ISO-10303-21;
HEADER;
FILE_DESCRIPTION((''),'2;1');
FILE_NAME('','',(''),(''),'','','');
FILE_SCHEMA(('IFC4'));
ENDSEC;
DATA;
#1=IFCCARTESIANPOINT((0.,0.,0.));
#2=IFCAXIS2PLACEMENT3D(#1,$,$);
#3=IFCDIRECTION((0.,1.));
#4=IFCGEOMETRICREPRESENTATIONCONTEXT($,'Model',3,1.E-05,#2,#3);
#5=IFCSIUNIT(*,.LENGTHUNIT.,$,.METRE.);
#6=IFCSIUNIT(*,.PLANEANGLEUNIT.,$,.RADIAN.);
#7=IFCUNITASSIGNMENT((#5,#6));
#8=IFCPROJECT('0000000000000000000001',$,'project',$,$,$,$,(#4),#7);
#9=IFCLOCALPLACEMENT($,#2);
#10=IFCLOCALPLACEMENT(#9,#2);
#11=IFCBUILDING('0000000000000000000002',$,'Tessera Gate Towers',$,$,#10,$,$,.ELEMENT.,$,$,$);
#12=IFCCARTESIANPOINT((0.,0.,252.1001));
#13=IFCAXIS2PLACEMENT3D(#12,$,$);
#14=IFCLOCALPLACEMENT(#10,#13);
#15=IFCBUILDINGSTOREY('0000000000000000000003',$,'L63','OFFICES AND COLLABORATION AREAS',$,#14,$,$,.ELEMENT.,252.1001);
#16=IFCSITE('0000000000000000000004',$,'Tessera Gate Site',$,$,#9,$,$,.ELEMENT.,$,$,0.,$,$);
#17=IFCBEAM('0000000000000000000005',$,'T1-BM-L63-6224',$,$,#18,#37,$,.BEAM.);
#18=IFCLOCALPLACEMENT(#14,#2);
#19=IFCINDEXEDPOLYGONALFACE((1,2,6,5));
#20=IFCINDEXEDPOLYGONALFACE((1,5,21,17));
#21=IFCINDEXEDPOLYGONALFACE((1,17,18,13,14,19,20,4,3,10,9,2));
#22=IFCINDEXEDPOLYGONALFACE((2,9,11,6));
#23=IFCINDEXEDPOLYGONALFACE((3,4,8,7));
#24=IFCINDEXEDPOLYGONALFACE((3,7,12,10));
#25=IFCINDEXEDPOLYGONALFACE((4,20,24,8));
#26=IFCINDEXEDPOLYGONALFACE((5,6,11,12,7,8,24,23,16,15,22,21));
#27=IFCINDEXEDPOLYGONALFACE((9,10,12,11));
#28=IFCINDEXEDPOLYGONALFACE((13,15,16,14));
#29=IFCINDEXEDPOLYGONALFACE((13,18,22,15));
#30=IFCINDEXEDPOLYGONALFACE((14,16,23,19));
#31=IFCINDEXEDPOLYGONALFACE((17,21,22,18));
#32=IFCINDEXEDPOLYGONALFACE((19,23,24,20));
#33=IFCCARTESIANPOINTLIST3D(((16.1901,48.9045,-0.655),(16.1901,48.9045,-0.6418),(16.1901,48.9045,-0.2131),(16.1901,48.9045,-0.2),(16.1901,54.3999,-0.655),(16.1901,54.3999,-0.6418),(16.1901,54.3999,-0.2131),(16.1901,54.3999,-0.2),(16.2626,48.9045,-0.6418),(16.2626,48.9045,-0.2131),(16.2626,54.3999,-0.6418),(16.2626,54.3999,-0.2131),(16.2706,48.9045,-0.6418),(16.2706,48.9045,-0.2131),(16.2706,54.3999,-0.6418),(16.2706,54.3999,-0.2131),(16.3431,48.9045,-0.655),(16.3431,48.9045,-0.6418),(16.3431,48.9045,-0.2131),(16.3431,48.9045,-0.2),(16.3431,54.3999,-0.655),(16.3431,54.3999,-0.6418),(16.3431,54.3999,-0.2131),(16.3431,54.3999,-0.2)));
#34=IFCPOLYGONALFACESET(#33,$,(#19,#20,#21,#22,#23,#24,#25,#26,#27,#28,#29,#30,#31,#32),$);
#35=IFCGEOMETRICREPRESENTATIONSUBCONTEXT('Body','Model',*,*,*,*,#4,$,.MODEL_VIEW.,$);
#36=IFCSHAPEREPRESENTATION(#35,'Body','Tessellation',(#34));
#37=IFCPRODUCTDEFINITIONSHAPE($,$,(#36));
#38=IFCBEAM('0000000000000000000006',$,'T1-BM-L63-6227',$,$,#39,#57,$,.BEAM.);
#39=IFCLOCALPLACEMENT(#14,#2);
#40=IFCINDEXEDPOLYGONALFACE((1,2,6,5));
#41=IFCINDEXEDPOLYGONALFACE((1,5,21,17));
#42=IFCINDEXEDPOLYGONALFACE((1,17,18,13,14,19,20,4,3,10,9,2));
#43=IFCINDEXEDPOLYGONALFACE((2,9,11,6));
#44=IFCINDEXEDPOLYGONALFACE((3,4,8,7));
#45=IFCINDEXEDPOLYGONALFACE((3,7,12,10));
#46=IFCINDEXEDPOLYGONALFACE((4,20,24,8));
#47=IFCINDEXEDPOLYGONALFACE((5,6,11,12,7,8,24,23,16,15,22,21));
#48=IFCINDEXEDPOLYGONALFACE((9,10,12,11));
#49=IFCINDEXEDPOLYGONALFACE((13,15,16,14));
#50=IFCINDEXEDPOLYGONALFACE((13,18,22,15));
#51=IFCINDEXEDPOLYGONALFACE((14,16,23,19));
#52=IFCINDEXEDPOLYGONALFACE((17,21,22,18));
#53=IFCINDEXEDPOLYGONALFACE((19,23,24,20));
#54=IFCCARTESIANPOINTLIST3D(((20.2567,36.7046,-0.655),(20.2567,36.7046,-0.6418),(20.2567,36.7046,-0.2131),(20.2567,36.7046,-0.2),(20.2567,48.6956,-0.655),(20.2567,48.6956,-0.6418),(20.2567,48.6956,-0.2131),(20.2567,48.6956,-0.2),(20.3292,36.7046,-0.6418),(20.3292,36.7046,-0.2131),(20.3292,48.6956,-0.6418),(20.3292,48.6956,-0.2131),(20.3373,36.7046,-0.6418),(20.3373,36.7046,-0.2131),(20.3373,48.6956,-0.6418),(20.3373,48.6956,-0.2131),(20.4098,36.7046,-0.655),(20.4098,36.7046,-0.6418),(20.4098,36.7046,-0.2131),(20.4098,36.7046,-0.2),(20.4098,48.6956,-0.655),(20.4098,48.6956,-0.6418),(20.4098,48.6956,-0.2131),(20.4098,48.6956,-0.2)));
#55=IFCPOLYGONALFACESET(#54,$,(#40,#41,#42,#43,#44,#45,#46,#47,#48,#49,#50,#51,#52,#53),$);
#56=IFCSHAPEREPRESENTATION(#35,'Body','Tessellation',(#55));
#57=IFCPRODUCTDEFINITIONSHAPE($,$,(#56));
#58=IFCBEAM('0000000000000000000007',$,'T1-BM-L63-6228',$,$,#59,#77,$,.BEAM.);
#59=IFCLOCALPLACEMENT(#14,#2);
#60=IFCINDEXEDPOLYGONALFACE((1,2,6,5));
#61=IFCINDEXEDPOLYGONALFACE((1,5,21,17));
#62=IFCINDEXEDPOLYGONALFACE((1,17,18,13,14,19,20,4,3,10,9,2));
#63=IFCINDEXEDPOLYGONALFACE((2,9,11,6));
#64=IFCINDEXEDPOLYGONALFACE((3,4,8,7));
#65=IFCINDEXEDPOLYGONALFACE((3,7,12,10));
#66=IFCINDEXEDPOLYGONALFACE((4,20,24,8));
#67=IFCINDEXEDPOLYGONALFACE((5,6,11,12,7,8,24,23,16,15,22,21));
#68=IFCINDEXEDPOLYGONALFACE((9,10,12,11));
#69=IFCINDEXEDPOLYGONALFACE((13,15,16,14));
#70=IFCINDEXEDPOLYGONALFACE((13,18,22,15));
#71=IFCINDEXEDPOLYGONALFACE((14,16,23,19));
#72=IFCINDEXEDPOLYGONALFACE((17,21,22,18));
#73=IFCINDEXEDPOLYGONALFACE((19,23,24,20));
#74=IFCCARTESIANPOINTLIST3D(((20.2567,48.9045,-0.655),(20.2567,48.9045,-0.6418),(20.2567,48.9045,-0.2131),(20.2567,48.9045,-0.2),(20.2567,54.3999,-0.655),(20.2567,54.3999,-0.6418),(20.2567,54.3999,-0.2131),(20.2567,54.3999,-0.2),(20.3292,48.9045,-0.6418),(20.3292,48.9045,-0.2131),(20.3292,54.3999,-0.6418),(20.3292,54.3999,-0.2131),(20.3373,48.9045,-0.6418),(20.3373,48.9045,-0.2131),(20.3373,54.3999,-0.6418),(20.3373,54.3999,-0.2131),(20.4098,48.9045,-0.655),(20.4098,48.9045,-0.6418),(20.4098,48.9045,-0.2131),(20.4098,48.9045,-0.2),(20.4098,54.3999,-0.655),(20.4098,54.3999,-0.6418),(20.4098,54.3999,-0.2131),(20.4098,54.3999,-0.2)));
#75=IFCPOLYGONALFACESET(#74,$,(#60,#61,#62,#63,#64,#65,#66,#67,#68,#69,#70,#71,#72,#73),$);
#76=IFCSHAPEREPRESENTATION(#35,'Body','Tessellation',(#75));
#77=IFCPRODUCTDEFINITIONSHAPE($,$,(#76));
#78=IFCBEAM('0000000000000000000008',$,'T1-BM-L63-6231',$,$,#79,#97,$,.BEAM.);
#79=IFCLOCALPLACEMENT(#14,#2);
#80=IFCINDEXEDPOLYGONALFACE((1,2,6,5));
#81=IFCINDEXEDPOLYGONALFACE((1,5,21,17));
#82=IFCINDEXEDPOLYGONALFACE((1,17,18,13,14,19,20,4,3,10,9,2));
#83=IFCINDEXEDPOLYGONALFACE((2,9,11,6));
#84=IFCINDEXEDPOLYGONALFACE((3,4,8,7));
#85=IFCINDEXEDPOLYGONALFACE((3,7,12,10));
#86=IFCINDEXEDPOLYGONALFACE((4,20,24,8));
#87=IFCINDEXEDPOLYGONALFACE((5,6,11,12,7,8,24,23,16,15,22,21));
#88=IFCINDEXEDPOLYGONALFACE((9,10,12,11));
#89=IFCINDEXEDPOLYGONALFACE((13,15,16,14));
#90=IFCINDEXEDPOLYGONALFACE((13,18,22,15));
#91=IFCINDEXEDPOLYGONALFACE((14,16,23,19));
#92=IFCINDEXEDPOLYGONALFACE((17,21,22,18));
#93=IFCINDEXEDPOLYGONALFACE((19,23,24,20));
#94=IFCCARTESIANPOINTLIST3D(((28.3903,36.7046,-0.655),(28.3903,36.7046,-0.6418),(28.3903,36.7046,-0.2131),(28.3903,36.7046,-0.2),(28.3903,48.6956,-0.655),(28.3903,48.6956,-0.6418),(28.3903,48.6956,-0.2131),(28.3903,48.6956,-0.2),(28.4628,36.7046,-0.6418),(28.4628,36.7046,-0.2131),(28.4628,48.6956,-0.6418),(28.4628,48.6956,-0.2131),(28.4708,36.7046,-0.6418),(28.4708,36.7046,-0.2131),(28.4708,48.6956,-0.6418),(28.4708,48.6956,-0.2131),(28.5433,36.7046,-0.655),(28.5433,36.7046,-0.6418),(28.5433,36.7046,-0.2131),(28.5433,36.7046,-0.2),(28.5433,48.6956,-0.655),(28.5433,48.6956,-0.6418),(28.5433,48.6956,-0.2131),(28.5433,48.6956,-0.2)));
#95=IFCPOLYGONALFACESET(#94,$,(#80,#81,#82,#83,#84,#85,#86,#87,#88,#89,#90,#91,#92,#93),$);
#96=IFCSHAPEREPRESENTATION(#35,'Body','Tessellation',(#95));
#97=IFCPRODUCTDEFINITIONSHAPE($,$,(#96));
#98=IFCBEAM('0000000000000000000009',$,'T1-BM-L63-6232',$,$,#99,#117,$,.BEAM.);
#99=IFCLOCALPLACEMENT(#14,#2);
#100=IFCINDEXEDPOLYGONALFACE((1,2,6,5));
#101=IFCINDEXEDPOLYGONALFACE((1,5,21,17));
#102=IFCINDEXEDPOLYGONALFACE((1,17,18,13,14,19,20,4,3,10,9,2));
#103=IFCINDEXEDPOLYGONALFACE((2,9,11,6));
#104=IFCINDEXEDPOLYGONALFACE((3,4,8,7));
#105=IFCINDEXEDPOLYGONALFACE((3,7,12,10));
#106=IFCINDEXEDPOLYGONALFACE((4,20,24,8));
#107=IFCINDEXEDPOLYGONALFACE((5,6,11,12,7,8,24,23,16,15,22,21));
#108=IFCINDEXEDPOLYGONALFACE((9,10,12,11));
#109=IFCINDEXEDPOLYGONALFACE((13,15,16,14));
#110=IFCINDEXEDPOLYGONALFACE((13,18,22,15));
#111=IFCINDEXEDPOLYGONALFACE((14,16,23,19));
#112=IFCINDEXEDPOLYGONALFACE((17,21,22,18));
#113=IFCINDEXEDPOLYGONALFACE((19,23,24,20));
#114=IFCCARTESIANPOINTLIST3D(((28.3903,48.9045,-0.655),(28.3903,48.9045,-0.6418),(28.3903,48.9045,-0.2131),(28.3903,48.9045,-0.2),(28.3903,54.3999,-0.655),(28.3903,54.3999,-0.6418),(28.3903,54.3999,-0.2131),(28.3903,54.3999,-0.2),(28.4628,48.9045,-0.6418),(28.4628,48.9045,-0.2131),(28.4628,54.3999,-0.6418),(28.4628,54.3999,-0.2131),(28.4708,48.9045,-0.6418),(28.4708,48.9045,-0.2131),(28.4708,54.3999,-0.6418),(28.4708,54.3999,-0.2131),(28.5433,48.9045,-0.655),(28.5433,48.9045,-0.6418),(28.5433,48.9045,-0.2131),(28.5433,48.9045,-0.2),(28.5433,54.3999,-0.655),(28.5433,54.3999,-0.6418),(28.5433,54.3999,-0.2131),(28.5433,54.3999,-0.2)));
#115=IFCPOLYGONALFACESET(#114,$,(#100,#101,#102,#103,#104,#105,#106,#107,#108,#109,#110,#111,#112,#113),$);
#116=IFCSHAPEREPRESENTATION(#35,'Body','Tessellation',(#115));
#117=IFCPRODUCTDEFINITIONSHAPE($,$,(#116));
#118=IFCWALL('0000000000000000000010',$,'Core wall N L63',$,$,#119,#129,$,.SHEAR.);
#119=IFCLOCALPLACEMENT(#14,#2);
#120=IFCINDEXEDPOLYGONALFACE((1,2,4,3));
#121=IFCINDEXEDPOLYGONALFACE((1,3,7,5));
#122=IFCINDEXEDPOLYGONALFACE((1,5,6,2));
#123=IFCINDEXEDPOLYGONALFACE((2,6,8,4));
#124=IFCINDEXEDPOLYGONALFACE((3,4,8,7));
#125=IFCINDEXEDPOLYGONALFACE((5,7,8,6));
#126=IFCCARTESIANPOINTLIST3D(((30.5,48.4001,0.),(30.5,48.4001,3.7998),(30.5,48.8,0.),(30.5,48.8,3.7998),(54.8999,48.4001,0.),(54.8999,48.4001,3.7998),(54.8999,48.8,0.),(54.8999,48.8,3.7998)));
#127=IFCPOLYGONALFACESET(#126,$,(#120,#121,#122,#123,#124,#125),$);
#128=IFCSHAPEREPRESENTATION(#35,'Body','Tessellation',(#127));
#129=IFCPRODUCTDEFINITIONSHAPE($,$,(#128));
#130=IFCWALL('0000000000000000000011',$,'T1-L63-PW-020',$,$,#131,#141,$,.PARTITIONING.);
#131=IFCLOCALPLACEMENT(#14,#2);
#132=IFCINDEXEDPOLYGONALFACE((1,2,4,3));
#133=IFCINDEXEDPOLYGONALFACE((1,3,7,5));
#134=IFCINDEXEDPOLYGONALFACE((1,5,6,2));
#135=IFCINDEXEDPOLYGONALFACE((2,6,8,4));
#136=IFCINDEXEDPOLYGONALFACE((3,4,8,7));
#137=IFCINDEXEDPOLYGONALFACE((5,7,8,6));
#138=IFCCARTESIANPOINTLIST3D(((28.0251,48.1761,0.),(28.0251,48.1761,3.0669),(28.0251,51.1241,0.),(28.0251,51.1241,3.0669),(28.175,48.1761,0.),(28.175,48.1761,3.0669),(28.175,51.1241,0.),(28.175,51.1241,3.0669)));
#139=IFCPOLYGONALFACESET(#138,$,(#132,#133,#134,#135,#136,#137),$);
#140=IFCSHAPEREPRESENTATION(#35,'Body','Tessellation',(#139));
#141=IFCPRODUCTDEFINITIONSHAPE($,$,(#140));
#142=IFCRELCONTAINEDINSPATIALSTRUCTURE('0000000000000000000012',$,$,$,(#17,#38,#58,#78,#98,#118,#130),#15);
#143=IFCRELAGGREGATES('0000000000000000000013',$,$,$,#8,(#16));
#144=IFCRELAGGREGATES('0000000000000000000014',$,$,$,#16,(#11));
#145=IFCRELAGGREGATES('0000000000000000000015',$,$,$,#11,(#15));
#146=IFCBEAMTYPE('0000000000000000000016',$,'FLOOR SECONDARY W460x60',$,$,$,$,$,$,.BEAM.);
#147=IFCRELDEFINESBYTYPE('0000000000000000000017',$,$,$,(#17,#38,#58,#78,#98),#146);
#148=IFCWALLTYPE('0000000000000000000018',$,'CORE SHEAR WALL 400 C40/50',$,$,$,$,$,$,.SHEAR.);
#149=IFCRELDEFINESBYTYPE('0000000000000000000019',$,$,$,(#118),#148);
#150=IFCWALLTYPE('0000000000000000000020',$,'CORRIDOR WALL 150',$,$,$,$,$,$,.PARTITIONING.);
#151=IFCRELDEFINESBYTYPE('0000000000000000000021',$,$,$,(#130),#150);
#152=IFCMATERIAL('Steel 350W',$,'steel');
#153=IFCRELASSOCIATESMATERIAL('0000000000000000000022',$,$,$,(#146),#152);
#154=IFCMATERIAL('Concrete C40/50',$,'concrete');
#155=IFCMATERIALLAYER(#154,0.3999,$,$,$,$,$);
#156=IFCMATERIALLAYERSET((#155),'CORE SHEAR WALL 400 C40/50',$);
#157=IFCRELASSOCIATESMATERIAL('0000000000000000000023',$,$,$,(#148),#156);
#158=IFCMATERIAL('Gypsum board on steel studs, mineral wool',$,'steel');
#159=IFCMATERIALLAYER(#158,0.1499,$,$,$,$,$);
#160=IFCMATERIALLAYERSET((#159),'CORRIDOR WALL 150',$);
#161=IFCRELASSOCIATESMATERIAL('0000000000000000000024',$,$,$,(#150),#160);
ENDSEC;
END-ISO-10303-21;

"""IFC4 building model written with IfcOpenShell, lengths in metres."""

from ifc_helpers import new_model, si_unit, direction, frame, frame_2d, origin, origin_2d, place, context, subcontext, project, spatial, rectangle, i_section, extrude, material, layer, layer_set, material_profile, profile_set, type_object, element, save


model = new_model("IFC4")

# Units and contexts
model_context = context("Model", 3, precision=1e-05, world=origin(), true_north=direction((0.0, 1.0)))
body_context = subcontext(model_context, "Body", "Model", "MODEL_VIEW")
ifc_project = project(units=[si_unit("LENGTHUNIT", "METRE"), si_unit("PLANEANGLEUNIT", "RADIAN")], contexts=[model_context])

# Site, building, storey
site_placement = place(None, origin())
site = spatial("IfcSite", under=ifc_project, at=site_placement, Name="Tessera Gate Site", CompositionType="ELEMENT", RefElevation=0.0)
building_placement = place(site_placement, origin())
building = spatial("IfcBuilding", under=site, at=building_placement, Name="Tessera Gate Towers", CompositionType="ELEMENT")
storey_placement = place(building_placement, frame((0.0, 0.0, 252.1001)))
storey = spatial("IfcBuildingStorey", under=building, at=storey_placement, Name="L63", Description="OFFICES AND COLLABORATION AREAS", CompositionType="ELEMENT", Elevation=252.1001)

# Beams
ifc_material_1 = material(Name="Steel 350W", Category="steel")
ifc_material_profile_1 = material_profile(ifc_material_1, i_section(OverallWidth=0.1531, OverallDepth=0.4551, WebThickness=0.0081, FlangeThickness=0.0132, at=origin_2d()), Name="W460x60")
ifc_profile_set_1 = profile_set([ifc_material_profile_1], Name="Steel 350W")
beam_type_1 = type_object("IfcBeamType", Name="FLOOR SECONDARY W460x60", PredefinedType="BEAM", material=ifc_profile_set_1)
beam_1_placement = place(storey_placement, frame((16.2666, 48.9045, -0.4275), z_axis=(0.0, 1.0, 0.0), x_axis=(-1.0, 0.0, 0.0)))
element("IfcBeam", 1, at=beam_1_placement, inside=storey, type_object=beam_type_1, Name="T1-BM-L63-6224", PredefinedType="BEAM", context=body_context, shape_type="SweptSolid", body=[
    extrude(i_section(OverallWidth=0.1531, OverallDepth=0.4551, WebThickness=0.0081, FlangeThickness=0.0132, at=origin_2d()), origin(), (0.0, 0.0, 1.0), 5.4954),
])
beam_2_placement = place(storey_placement, frame((20.3333, 36.7046, -0.4275), z_axis=(0.0, 1.0, 0.0), x_axis=(-1.0, 0.0, 0.0)))
element("IfcBeam", 2, at=beam_2_placement, inside=storey, type_object=beam_type_1, Name="T1-BM-L63-6227", PredefinedType="BEAM", context=body_context, shape_type="SweptSolid", body=[
    extrude(i_section(OverallWidth=0.1531, OverallDepth=0.4551, WebThickness=0.0081, FlangeThickness=0.0132, at=origin_2d()), origin(), (0.0, 0.0, 1.0), 11.991),
])
beam_3_placement = place(storey_placement, frame((20.3333, 48.9045, -0.4275), z_axis=(0.0, 1.0, 0.0), x_axis=(-1.0, 0.0, 0.0)))
element("IfcBeam", 3, at=beam_3_placement, inside=storey, type_object=beam_type_1, Name="T1-BM-L63-6228", PredefinedType="BEAM", context=body_context, shape_type="SweptSolid", body=[
    extrude(i_section(OverallWidth=0.1531, OverallDepth=0.4551, WebThickness=0.0081, FlangeThickness=0.0132, at=origin_2d()), origin(), (0.0, 0.0, 1.0), 5.4954),
])
beam_4_placement = place(storey_placement, frame((28.4668, 36.7046, -0.4275), z_axis=(0.0, 1.0, 0.0), x_axis=(-1.0, 0.0, 0.0)))
element("IfcBeam", 4, at=beam_4_placement, inside=storey, type_object=beam_type_1, Name="T1-BM-L63-6231", PredefinedType="BEAM", context=body_context, shape_type="SweptSolid", body=[
    extrude(i_section(OverallWidth=0.1531, OverallDepth=0.4551, WebThickness=0.0081, FlangeThickness=0.0132, at=origin_2d()), origin(), (0.0, 0.0, 1.0), 11.991),
])
beam_5_placement = place(storey_placement, frame((28.4668, 48.9045, -0.4275), z_axis=(0.0, 1.0, 0.0), x_axis=(-1.0, 0.0, 0.0)))
element("IfcBeam", 5, at=beam_5_placement, inside=storey, type_object=beam_type_1, Name="T1-BM-L63-6232", PredefinedType="BEAM", context=body_context, shape_type="SweptSolid", body=[
    extrude(i_section(OverallWidth=0.1531, OverallDepth=0.4551, WebThickness=0.0081, FlangeThickness=0.0132, at=origin_2d()), origin(), (0.0, 0.0, 1.0), 5.4954),
])

# Walls
ifc_material_2 = material(Name="Concrete C40/50", Category="concrete")
ifc_layer_1 = layer(ifc_material_2, 0.3999)
ifc_layer_set_1 = layer_set([ifc_layer_1], Name="CORE SHEAR WALL 400 C40/50")
wall_type_1 = type_object("IfcWallType", Name="CORE SHEAR WALL 400 C40/50", PredefinedType="SHEAR", material=ifc_layer_set_1)
wall_1_placement = place(storey_placement, frame((30.5, 48.6001, 0.0), z_axis=(0.0, 0.0, 1.0), x_axis=(1.0, 0.0, 0.0)))
element("IfcWall", 6, at=wall_1_placement, inside=storey, type_object=wall_type_1, Name="Core wall N L63", PredefinedType="SHEAR", context=body_context, shape_type="SweptSolid", body=[
    extrude(rectangle(XDim=24.3999, YDim=0.3999, at=frame_2d((12.2, 0.0))), origin(), (0.0, 0.0, 1.0), 3.7998),
])
ifc_material_3 = material(Name="Gypsum board on steel studs, mineral wool", Category="steel")
ifc_layer_2 = layer(ifc_material_3, 0.1499)
ifc_layer_set_2 = layer_set([ifc_layer_2], Name="CORRIDOR WALL 150")
wall_type_2 = type_object("IfcWallType", Name="CORRIDOR WALL 150", PredefinedType="PARTITIONING", material=ifc_layer_set_2)
wall_2_placement = place(storey_placement, frame((28.1001, 48.176, 0.0), z_axis=(0.0, 0.0, 1.0), x_axis=(0.0, 1.0, 0.0)))
element("IfcWall", 7, at=wall_2_placement, inside=storey, type_object=wall_type_2, Name="T1-L63-PW-020", PredefinedType="PARTITIONING", context=body_context, shape_type="SweptSolid", body=[
    extrude(rectangle(XDim=2.948, YDim=0.1499, at=frame_2d((1.4741, 0.0))), origin(), (0.0, 0.0, 1.0), 3.0669),
])

save(model, "model.ifc")
